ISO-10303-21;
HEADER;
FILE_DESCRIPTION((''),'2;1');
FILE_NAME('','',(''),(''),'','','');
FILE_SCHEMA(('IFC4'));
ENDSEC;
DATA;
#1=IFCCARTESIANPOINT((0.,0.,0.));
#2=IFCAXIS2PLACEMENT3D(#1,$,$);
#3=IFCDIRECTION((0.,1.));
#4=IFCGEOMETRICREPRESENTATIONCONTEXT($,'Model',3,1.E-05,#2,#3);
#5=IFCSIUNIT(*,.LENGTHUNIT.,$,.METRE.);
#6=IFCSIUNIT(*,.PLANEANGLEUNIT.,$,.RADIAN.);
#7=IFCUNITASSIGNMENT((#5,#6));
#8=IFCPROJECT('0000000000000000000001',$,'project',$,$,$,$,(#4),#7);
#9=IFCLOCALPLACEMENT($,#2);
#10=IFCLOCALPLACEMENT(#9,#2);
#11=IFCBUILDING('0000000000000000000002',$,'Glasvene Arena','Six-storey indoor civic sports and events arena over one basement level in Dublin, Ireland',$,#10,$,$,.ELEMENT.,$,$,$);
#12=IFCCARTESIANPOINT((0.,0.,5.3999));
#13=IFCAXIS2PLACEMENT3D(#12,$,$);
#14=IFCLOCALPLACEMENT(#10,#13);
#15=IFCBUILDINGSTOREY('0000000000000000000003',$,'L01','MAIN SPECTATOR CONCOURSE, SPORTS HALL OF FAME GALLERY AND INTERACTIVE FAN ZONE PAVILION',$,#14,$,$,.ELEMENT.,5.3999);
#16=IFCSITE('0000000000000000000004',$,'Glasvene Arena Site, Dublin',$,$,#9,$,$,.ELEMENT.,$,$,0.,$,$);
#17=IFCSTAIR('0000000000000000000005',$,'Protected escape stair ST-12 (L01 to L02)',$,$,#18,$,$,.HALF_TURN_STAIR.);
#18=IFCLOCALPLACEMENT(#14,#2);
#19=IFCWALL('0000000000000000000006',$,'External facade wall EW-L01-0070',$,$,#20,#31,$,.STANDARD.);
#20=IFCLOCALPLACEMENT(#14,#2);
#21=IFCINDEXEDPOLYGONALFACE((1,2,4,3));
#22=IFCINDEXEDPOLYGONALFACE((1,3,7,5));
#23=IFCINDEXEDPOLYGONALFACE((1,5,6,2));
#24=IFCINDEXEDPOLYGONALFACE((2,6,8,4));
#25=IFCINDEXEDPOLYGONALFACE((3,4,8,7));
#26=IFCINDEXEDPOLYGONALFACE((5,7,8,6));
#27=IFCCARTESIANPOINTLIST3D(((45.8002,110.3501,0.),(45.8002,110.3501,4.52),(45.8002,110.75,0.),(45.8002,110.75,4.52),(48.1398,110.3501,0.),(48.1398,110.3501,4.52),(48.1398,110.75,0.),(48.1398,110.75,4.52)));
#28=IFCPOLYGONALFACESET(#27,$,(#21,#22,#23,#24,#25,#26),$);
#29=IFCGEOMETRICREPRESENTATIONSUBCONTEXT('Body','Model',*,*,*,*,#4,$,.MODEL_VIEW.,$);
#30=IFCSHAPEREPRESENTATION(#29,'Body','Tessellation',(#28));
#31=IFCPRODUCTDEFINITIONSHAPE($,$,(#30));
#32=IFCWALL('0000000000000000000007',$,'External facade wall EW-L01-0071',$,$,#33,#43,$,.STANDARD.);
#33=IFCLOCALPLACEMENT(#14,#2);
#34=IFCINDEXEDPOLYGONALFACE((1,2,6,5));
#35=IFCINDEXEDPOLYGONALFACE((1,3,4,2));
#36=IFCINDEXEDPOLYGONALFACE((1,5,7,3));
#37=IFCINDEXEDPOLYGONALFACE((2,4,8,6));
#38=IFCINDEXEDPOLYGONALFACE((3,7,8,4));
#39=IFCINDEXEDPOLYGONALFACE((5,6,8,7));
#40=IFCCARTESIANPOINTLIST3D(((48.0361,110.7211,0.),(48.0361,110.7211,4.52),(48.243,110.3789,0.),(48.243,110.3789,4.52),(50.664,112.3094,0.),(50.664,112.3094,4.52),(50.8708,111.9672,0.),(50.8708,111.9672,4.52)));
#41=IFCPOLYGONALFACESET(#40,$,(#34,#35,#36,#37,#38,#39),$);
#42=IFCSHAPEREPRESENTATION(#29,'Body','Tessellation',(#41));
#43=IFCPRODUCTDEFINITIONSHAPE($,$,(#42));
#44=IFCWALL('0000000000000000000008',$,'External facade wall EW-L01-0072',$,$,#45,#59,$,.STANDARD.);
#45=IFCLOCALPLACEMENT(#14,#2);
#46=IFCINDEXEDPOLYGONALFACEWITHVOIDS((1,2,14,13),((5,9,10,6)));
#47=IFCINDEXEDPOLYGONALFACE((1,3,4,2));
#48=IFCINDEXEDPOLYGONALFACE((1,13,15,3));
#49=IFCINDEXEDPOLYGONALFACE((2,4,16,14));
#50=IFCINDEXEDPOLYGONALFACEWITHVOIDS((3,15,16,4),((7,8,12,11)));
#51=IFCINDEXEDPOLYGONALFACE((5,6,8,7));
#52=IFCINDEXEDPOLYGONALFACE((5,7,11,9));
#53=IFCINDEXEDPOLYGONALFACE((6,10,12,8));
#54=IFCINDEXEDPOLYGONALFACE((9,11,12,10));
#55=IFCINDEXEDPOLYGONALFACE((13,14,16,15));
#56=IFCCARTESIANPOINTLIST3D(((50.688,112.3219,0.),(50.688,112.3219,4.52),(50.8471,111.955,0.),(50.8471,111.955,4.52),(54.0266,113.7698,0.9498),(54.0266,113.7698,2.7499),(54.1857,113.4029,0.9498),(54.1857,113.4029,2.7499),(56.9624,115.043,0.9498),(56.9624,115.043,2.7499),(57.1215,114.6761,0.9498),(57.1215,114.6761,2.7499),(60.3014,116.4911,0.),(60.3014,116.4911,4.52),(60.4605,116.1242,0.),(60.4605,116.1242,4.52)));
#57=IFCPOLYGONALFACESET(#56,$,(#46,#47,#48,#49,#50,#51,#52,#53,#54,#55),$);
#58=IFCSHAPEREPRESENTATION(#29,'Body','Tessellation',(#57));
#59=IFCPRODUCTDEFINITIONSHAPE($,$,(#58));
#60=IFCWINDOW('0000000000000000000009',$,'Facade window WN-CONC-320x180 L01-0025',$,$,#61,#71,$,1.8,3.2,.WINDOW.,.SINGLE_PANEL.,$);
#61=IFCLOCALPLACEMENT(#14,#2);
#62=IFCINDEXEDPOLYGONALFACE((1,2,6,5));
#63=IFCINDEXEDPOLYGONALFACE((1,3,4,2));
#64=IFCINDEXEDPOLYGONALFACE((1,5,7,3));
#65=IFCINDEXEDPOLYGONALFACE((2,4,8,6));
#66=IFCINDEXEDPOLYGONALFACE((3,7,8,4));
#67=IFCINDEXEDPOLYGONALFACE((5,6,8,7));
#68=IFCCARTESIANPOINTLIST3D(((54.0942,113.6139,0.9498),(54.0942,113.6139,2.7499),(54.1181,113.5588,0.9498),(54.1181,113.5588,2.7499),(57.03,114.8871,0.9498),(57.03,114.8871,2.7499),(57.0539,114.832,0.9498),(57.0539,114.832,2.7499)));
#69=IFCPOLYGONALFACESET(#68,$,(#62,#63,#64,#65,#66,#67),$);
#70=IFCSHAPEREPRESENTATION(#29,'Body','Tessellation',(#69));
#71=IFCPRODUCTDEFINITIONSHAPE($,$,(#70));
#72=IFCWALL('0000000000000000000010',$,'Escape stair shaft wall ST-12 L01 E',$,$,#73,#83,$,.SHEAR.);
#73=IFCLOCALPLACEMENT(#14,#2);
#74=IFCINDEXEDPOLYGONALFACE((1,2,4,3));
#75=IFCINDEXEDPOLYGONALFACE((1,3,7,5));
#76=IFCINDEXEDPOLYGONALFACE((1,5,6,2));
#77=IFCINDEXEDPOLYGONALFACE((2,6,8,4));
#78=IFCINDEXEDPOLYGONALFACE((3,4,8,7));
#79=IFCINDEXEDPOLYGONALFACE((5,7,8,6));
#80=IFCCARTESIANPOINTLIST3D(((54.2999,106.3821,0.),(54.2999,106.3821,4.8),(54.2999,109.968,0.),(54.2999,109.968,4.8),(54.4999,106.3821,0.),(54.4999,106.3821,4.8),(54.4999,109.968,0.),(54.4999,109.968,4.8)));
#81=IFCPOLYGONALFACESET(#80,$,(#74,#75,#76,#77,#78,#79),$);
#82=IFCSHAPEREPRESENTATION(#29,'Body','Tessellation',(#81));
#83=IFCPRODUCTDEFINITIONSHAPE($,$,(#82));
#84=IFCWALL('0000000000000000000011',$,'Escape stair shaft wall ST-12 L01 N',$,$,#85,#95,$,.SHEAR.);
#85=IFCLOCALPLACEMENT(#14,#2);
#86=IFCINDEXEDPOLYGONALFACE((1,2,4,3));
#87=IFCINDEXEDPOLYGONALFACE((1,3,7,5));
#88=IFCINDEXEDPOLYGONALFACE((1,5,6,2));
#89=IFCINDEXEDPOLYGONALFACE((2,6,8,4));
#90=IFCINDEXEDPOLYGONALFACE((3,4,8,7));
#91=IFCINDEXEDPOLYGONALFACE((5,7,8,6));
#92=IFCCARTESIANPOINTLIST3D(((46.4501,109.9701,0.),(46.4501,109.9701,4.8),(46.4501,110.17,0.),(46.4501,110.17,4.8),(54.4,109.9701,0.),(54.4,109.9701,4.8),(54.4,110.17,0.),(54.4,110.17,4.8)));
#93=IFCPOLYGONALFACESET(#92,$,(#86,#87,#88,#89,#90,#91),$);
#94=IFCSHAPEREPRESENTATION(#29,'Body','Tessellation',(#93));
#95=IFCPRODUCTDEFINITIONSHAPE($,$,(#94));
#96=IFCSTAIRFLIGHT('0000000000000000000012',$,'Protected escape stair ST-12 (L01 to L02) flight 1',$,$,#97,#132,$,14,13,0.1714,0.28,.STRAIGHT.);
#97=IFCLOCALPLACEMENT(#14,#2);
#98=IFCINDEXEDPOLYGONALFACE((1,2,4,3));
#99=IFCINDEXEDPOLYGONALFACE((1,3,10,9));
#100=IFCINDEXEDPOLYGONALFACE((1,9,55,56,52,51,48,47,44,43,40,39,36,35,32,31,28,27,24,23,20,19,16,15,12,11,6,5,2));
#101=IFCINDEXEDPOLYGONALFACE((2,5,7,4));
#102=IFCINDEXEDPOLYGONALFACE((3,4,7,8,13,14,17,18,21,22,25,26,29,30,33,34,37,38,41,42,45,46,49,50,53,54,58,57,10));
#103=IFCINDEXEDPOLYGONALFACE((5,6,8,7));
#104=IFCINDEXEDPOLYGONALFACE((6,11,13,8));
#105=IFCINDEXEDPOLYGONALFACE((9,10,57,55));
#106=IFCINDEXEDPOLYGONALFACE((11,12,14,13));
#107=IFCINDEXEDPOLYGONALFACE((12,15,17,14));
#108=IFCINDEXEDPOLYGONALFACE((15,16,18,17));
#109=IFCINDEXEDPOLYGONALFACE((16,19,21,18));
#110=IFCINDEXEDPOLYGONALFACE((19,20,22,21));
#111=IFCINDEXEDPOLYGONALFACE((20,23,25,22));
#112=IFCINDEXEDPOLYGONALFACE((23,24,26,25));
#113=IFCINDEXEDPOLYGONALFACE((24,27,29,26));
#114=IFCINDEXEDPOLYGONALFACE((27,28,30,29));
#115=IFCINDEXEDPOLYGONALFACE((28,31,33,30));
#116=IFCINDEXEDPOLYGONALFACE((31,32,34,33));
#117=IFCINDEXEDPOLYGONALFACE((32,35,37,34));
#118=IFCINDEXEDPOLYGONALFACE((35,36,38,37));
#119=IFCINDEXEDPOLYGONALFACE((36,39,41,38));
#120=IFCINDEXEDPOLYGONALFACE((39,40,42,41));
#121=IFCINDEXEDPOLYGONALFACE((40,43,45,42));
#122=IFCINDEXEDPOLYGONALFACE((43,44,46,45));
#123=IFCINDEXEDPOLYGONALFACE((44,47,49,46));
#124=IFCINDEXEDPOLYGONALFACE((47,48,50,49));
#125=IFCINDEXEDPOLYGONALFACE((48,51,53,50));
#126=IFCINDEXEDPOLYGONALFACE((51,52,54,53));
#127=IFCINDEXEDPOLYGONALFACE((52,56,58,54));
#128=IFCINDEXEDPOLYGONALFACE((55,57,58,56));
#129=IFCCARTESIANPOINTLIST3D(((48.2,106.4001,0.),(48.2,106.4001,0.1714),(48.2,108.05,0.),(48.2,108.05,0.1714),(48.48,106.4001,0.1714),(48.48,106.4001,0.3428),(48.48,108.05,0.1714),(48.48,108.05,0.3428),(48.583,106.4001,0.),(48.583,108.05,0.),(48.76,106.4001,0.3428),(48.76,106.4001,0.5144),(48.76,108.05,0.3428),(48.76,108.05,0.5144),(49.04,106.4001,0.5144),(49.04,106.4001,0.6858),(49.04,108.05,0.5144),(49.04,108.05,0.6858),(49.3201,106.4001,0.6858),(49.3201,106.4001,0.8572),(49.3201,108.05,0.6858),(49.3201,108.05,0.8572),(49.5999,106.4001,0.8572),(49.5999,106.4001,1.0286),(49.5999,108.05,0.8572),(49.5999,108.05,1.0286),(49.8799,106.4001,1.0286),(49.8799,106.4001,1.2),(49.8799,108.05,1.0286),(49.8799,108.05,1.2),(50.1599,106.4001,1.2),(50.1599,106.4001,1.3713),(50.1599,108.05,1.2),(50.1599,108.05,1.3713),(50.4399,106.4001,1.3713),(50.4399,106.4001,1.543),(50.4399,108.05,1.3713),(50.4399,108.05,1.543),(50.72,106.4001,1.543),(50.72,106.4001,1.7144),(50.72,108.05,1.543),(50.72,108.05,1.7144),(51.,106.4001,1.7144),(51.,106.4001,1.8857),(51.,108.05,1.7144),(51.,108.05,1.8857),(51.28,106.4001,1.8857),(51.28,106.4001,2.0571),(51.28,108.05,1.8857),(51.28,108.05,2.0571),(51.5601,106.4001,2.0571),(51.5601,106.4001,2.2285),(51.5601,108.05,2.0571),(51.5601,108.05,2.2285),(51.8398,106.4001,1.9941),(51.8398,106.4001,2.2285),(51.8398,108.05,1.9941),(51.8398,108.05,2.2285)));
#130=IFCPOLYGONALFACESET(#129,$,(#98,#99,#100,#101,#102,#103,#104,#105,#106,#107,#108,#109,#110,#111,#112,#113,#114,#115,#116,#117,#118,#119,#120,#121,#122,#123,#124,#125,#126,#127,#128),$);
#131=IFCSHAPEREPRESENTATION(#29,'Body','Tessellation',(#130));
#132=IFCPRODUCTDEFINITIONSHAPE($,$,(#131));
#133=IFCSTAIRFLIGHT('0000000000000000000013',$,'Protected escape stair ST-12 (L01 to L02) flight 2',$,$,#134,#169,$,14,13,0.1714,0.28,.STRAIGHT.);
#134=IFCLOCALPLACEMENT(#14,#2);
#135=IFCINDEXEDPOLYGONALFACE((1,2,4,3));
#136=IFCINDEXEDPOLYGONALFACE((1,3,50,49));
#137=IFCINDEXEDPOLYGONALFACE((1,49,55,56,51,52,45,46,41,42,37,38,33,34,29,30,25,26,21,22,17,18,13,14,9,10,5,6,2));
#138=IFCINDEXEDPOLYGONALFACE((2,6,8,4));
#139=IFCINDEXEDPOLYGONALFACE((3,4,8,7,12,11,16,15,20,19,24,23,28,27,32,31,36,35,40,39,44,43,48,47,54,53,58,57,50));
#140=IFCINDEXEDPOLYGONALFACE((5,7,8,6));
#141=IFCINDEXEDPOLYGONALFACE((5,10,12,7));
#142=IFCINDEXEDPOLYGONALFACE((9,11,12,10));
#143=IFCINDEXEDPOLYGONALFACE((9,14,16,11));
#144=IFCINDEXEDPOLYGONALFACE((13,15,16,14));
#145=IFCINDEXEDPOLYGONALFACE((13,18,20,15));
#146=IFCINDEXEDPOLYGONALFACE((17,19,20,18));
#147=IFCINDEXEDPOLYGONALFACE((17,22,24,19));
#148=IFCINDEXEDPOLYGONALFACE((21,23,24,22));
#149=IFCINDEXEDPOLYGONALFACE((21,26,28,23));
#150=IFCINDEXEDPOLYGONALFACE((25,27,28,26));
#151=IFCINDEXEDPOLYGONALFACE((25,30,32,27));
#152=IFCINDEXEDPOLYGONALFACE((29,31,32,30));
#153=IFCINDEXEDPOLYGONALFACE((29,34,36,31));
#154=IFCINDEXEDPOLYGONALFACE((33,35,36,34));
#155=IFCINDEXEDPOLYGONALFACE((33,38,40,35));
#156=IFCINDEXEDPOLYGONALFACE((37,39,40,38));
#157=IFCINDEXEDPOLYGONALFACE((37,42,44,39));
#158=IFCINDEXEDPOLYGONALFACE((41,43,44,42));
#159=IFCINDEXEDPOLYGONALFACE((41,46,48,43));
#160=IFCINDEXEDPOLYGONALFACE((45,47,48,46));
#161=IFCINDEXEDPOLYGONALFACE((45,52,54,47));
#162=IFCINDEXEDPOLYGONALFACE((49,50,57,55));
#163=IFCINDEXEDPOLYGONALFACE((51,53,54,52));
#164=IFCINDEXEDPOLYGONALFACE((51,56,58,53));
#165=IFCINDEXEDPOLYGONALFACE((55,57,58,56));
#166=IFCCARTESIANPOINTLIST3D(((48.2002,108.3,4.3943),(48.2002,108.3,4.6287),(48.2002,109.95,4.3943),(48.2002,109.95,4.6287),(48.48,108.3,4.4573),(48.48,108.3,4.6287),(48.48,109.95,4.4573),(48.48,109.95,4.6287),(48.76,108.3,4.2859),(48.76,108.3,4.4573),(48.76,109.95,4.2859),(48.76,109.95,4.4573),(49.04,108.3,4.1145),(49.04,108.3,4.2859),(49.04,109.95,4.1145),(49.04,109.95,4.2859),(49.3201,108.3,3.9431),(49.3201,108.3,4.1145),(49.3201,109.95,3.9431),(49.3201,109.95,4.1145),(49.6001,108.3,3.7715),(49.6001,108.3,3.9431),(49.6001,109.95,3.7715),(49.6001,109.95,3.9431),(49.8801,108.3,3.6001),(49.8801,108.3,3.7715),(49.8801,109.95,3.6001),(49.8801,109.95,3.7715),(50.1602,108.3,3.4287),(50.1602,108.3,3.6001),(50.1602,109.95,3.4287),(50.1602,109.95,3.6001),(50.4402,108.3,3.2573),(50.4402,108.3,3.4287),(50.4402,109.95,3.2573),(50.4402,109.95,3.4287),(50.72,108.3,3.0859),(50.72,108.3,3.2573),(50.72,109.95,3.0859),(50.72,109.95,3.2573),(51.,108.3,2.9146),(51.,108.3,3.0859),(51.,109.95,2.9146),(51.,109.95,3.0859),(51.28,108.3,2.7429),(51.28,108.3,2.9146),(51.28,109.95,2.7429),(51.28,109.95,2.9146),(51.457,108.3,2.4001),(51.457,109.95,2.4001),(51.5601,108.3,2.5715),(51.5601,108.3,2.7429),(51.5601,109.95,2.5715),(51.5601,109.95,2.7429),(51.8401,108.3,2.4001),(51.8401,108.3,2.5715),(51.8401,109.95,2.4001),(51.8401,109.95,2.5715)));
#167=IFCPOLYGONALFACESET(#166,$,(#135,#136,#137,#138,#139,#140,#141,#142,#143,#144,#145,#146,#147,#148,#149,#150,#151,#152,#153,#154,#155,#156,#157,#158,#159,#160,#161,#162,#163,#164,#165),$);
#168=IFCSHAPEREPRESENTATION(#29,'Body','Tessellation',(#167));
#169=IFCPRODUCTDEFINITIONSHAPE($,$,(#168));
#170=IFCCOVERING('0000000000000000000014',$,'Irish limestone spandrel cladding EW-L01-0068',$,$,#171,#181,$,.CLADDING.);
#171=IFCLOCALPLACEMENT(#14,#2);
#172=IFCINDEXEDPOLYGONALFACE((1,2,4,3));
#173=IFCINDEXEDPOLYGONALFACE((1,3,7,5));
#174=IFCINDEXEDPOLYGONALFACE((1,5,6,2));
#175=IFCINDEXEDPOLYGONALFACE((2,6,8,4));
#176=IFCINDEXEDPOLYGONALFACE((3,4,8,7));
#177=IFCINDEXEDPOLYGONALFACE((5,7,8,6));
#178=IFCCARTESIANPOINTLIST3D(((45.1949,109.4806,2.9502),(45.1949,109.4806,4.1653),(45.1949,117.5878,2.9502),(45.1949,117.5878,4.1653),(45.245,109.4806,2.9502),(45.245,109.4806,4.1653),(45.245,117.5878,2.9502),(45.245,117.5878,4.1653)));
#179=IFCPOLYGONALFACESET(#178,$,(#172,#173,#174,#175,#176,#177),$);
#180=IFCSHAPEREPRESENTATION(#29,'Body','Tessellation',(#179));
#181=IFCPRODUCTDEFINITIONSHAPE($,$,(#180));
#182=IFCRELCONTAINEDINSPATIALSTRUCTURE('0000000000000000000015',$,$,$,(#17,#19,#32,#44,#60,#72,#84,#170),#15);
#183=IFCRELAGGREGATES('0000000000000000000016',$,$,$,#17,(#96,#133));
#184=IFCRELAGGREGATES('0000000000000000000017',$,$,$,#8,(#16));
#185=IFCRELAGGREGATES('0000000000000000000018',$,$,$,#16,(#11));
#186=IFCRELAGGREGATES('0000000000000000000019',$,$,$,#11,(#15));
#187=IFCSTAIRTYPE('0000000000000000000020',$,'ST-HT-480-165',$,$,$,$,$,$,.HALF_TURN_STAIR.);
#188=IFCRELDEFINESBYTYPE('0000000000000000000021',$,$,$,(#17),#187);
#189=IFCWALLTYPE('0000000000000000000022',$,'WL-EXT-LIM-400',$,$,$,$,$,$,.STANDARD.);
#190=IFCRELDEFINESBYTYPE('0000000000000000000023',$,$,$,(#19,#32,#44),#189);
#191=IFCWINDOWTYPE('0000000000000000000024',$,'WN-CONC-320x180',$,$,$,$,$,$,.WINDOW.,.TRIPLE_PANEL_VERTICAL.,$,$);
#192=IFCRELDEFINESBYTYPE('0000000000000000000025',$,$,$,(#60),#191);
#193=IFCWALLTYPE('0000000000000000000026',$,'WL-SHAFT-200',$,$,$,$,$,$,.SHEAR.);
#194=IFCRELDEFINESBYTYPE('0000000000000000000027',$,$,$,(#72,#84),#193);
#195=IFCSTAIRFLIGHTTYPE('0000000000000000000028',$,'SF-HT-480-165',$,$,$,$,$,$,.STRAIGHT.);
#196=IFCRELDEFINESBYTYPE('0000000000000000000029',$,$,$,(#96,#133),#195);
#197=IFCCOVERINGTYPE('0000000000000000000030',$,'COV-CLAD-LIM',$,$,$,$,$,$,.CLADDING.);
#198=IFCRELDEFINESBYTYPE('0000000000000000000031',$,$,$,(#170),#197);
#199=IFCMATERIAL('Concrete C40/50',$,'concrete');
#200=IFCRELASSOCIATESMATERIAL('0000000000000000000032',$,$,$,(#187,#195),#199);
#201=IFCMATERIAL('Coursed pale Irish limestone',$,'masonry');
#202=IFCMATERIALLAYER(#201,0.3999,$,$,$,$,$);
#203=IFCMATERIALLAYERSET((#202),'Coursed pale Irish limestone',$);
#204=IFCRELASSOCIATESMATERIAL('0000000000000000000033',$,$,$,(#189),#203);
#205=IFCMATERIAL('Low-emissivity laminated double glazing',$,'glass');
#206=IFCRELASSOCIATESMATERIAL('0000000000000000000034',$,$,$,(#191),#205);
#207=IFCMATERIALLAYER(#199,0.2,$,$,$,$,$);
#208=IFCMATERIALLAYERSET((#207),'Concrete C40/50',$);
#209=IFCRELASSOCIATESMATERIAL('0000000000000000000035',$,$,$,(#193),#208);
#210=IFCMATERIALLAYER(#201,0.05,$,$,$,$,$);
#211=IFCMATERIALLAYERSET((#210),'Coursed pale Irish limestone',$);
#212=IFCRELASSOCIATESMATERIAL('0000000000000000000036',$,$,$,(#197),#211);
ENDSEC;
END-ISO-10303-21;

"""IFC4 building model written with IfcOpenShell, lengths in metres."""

from ifc_helpers import new_model, si_unit, direction, frame, frame_2d, origin, origin_2d, place, context, subcontext, project, spatial, polyline, rectangle, outline, extrude, material, layer, layer_set, type_object, element, fill, aggregate, save


model = new_model("IFC4")

# Units and contexts
model_context = context("Model", 3, precision=1e-05, world=origin(), true_north=direction((0.0, 1.0)))
body_context = subcontext(model_context, "Body", "Model", "MODEL_VIEW")
ifc_project = project(units=[si_unit("LENGTHUNIT", "METRE"), si_unit("PLANEANGLEUNIT", "RADIAN")], contexts=[model_context])

# Site, building, storey
site_placement = place(None, origin())
site = spatial("IfcSite", under=ifc_project, at=site_placement, Name="Glasvene Arena Site, Dublin", CompositionType="ELEMENT", RefElevation=0.0)
building_placement = place(site_placement, origin())
building = spatial("IfcBuilding", under=site, at=building_placement, Name="Glasvene Arena", Description="Six-storey indoor civic sports and events arena over one basement level in Dublin, Ireland", CompositionType="ELEMENT")
storey_placement = place(building_placement, frame((0.0, 0.0, 5.3999)))
storey = spatial("IfcBuildingStorey", under=building, at=storey_placement, Name="L01", Description="MAIN SPECTATOR CONCOURSE, SPORTS HALL OF FAME GALLERY AND INTERACTIVE FAN ZONE PAVILION", CompositionType="ELEMENT", Elevation=5.3999)

# Shared definitions
ifc_material_1 = material(Name="Low-emissivity laminated double glazing", Category="glass")

# Shared definitions
ifc_material_2 = material(Name="Concrete C40/50", Category="concrete")

# Stair
stair_type = type_object("IfcStairType", Name="ST-HT-480-165", PredefinedType="HALF_TURN_STAIR", material=ifc_material_2)
stair_placement = place(storey_placement, origin())
stair = element("IfcStair", 1, at=stair_placement, inside=storey, type_object=stair_type, Name="Protected escape stair ST-12 (L01 to L02)", PredefinedType="HALF_TURN_STAIR")

# Shared definitions
ifc_material_3 = material(Name="Coursed pale Irish limestone", Category="masonry")
ifc_layer_1 = layer(ifc_material_3, 0.3999)
ifc_layer_set_1 = layer_set([ifc_layer_1], Name="Coursed pale Irish limestone")
wall_type_1 = type_object("IfcWallType", Name="WL-EXT-LIM-400", PredefinedType="STANDARD", material=ifc_layer_set_1)
window_type = type_object("IfcWindowType", Name="WN-CONC-320x180", PartitioningType="TRIPLE_PANEL_VERTICAL", PredefinedType="WINDOW", material=ifc_material_1)

# Walls
wall_1_placement = place(storey_placement, frame((45.8, 110.55, 0.0), z_axis=(0.0, 0.0, 1.0), x_axis=(1.0, 0.0, 0.0)))
element("IfcWall", 2, at=wall_1_placement, inside=storey, type_object=wall_type_1, Name="External facade wall EW-L01-0070", PredefinedType="STANDARD", context=body_context, shape_type="SweptSolid", body=[
    extrude(rectangle(XDim=2.3396, YDim=0.3999, at=frame_2d((1.1699, 0.0))), origin(), (0.0, 0.0, 1.0), 4.52),
])
wall_2_placement = place(storey_placement, frame((48.1396, 110.55, 0.0), z_axis=(0.0, 0.0, 1.0), x_axis=(0.855819, 0.517276, 0.0)))
element("IfcWall", 3, at=wall_2_placement, inside=storey, type_object=wall_type_1, Name="External facade wall EW-L01-0071", PredefinedType="STANDARD", context=body_context, shape_type="SweptSolid", body=[
    extrude(rectangle(XDim=3.0706, YDim=0.3999, at=frame_2d((1.5352, 0.0))), origin(), (0.0, 0.0, 1.0), 4.52),
])

# Wall, opening, window
wall_3_placement = place(storey_placement, frame((50.7676, 112.1384, 0.0), z_axis=(0.0, 0.0, 1.0), x_axis=(0.917436, 0.397883, 0.0)))
wall_3 = element("IfcWall", 4, at=wall_3_placement, inside=storey, type_object=wall_type_1, Name="External facade wall EW-L01-0072", PredefinedType="STANDARD", context=body_context, shape_type="SweptSolid", body=[
    extrude(rectangle(XDim=10.4785, YDim=0.3999, at=frame_2d((5.2393, 0.0))), origin(), (0.0, 0.0, 1.0), 4.52),
])
opening_1_placement = place(wall_3_placement, frame((3.6389, 0.0, 0.95)))
opening_1 = element("IfcOpeningElement", 5, at=opening_1_placement, cuts=wall_3, PredefinedType="OPENING", context=body_context, shape_type="SweptSolid", body=[
    extrude(rectangle(XDim=3.2, YDim=1.8, at=frame_2d((1.6001, 0.8999))), frame((0.0, 0.21, 0.0), z_axis=(0.0, -1.0, 0.0), x_axis=(1.0, 0.0, 0.0)), (0.0, 0.0, 1.0), 0.4199),
])
window_1_placement = place(opening_1_placement, origin())
window_1 = element("IfcWindow", 6, at=window_1_placement, inside=storey, type_object=window_type, Name="Facade window WN-CONC-320x180 L01-0025", OverallHeight=1.8, OverallWidth=3.2, PartitioningType="SINGLE_PANEL", PredefinedType="WINDOW", context=body_context, shape_type="SweptSolid", body=[
    extrude(rectangle(XDim=3.2, YDim=1.8, at=frame_2d((1.6001, 0.8999))), frame((0.0, 0.03, 0.0), z_axis=(0.0, -1.0, 0.0), x_axis=(1.0, 0.0, 0.0)), (0.0, 0.0, 1.0), 0.0601),
])
fill(opening_1, window_1)

# Walls
ifc_layer_2 = layer(ifc_material_2, 0.2)
ifc_layer_set_2 = layer_set([ifc_layer_2], Name="Concrete C40/50")
wall_type_2 = type_object("IfcWallType", Name="WL-SHAFT-200", PredefinedType="SHEAR", material=ifc_layer_set_2)
wall_4_placement = place(storey_placement, frame((54.3999, 106.3821, 0.0), z_axis=(0.0, 0.0, 1.0), x_axis=(0.0, 1.0, 0.0)))
element("IfcWall", 7, at=wall_4_placement, inside=storey, type_object=wall_type_2, Name="Escape stair shaft wall ST-12 L01 E", PredefinedType="SHEAR", context=body_context, shape_type="SweptSolid", body=[
    extrude(rectangle(XDim=3.5859, YDim=0.2, at=frame_2d((1.793, 0.0))), origin(), (0.0, 0.0, 1.0), 4.8),
])
wall_5_placement = place(storey_placement, frame((46.45, 110.0701, 0.0), z_axis=(0.0, 0.0, 1.0), x_axis=(1.0, 0.0, 0.0)))
element("IfcWall", 8, at=wall_5_placement, inside=storey, type_object=wall_type_2, Name="Escape stair shaft wall ST-12 L01 N", PredefinedType="SHEAR", context=body_context, shape_type="SweptSolid", body=[
    extrude(rectangle(XDim=7.95, YDim=0.2, at=frame_2d((3.9751, 0.0))), origin(), (0.0, 0.0, 1.0), 4.8),
])

# Stair flights
stair_flight_type = type_object("IfcStairFlightType", Name="SF-HT-480-165", PredefinedType="STRAIGHT", material=ifc_material_2)
stair_flight_1_placement = place(storey_placement, frame((48.2, 107.2251, 0.0), z_axis=(0.0, 0.0, 1.0), x_axis=(1.0, 0.0, 0.0)))
stair_flight_1 = element("IfcStairFlight", 9, at=stair_flight_1_placement, type_object=stair_flight_type, Name="Protected escape stair ST-12 (L01 to L02) flight 1", NumberOfRisers=14, NumberOfTreads=13, PredefinedType="STRAIGHT", RiserHeight=0.1714, TreadLength=0.28, context=body_context, shape_type="SweptSolid", body=[
    extrude(outline(polyline([(0.0, 0.0), (0.0, 0.1714), (0.28, 0.1714), (0.28, 0.3428), (0.5601, 0.3428), (0.5601, 0.5144), (0.8401, 0.5144), (0.8401, 0.6858), (1.1201, 0.6858), (1.1201, 0.8572), (1.3999, 0.8572), (1.3999, 1.0286), (1.6799, 1.0286), (1.6799, 1.2), (1.96, 1.2), (1.96, 1.3713), (2.24, 1.3713), (2.24, 1.543), (2.52, 1.543), (2.52, 1.7144), (2.8, 1.7144), (2.8, 1.8857), (3.0801, 1.8857), (3.0801, 2.0571), (3.3601, 2.0571), (3.3601, 2.2285), (3.6399, 2.2285), (3.6399, 2.3999), (3.6399, 1.9941), (0.3831, 0.0), (0.0, 0.0)])), frame((0.0, 0.825, 0.0), z_axis=(0.0, -1.0, 0.0), x_axis=(1.0, 0.0, 0.0)), (0.0, 0.0, 1.0), 1.6499),
])
stair_flight_2_placement = place(storey_placement, frame((51.8401, 109.125, 2.4001), z_axis=(0.0, 0.0, 1.0), x_axis=(-1.0, 0.0, 0.0)))
stair_flight_2 = element("IfcStairFlight", 10, at=stair_flight_2_placement, type_object=stair_flight_type, Name="Protected escape stair ST-12 (L01 to L02) flight 2", NumberOfRisers=14, NumberOfTreads=13, PredefinedType="STRAIGHT", RiserHeight=0.1714, TreadLength=0.28, context=body_context, shape_type="SweptSolid", body=[
    extrude(outline(polyline([(0.0, 0.0), (0.0, 0.1714), (0.28, 0.1714), (0.28, 0.3428), (0.5601, 0.3428), (0.5601, 0.5144), (0.8401, 0.5144), (0.8401, 0.6858), (1.1201, 0.6858), (1.1201, 0.8572), (1.3999, 0.8572), (1.3999, 1.0286), (1.6799, 1.0286), (1.6799, 1.2), (1.96, 1.2), (1.96, 1.3713), (2.24, 1.3713), (2.24, 1.543), (2.52, 1.543), (2.52, 1.7144), (2.8, 1.7144), (2.8, 1.8857), (3.0801, 1.8857), (3.0801, 2.0571), (3.3601, 2.0571), (3.3601, 2.2285), (3.6399, 2.2285), (3.6399, 2.3999), (3.6399, 1.9941), (0.3831, 0.0), (0.0, 0.0)])), frame((0.0, 0.825, 0.0), z_axis=(0.0, -1.0, 0.0), x_axis=(1.0, 0.0, 0.0)), (0.0, 0.0, 1.0), 1.6499),
])
aggregate(stair, [stair_flight_1, stair_flight_2])

# Covering
ifc_layer_3 = layer(ifc_material_3, 0.05)
ifc_layer_set_3 = layer_set([ifc_layer_3], Name="Coursed pale Irish limestone")
covering_type = type_object("IfcCoveringType", Name="COV-CLAD-LIM", PredefinedType="CLADDING", material=ifc_layer_set_3)
covering_placement = place(storey_placement, frame((45.22, 113.5342, 2.9502), z_axis=(0.0, 0.0, 1.0), x_axis=(0.0, -1.0, 0.0)))
element("IfcCovering", 11, at=covering_placement, inside=storey, type_object=covering_type, Name="Irish limestone spandrel cladding EW-L01-0068", PredefinedType="CLADDING", context=body_context, shape_type="SweptSolid", body=[
    extrude(rectangle(XDim=8.1072, YDim=0.05, at=origin_2d()), origin(), (0.0, 0.0, 1.0), 1.2151),
])

save(model, "model.ifc")
